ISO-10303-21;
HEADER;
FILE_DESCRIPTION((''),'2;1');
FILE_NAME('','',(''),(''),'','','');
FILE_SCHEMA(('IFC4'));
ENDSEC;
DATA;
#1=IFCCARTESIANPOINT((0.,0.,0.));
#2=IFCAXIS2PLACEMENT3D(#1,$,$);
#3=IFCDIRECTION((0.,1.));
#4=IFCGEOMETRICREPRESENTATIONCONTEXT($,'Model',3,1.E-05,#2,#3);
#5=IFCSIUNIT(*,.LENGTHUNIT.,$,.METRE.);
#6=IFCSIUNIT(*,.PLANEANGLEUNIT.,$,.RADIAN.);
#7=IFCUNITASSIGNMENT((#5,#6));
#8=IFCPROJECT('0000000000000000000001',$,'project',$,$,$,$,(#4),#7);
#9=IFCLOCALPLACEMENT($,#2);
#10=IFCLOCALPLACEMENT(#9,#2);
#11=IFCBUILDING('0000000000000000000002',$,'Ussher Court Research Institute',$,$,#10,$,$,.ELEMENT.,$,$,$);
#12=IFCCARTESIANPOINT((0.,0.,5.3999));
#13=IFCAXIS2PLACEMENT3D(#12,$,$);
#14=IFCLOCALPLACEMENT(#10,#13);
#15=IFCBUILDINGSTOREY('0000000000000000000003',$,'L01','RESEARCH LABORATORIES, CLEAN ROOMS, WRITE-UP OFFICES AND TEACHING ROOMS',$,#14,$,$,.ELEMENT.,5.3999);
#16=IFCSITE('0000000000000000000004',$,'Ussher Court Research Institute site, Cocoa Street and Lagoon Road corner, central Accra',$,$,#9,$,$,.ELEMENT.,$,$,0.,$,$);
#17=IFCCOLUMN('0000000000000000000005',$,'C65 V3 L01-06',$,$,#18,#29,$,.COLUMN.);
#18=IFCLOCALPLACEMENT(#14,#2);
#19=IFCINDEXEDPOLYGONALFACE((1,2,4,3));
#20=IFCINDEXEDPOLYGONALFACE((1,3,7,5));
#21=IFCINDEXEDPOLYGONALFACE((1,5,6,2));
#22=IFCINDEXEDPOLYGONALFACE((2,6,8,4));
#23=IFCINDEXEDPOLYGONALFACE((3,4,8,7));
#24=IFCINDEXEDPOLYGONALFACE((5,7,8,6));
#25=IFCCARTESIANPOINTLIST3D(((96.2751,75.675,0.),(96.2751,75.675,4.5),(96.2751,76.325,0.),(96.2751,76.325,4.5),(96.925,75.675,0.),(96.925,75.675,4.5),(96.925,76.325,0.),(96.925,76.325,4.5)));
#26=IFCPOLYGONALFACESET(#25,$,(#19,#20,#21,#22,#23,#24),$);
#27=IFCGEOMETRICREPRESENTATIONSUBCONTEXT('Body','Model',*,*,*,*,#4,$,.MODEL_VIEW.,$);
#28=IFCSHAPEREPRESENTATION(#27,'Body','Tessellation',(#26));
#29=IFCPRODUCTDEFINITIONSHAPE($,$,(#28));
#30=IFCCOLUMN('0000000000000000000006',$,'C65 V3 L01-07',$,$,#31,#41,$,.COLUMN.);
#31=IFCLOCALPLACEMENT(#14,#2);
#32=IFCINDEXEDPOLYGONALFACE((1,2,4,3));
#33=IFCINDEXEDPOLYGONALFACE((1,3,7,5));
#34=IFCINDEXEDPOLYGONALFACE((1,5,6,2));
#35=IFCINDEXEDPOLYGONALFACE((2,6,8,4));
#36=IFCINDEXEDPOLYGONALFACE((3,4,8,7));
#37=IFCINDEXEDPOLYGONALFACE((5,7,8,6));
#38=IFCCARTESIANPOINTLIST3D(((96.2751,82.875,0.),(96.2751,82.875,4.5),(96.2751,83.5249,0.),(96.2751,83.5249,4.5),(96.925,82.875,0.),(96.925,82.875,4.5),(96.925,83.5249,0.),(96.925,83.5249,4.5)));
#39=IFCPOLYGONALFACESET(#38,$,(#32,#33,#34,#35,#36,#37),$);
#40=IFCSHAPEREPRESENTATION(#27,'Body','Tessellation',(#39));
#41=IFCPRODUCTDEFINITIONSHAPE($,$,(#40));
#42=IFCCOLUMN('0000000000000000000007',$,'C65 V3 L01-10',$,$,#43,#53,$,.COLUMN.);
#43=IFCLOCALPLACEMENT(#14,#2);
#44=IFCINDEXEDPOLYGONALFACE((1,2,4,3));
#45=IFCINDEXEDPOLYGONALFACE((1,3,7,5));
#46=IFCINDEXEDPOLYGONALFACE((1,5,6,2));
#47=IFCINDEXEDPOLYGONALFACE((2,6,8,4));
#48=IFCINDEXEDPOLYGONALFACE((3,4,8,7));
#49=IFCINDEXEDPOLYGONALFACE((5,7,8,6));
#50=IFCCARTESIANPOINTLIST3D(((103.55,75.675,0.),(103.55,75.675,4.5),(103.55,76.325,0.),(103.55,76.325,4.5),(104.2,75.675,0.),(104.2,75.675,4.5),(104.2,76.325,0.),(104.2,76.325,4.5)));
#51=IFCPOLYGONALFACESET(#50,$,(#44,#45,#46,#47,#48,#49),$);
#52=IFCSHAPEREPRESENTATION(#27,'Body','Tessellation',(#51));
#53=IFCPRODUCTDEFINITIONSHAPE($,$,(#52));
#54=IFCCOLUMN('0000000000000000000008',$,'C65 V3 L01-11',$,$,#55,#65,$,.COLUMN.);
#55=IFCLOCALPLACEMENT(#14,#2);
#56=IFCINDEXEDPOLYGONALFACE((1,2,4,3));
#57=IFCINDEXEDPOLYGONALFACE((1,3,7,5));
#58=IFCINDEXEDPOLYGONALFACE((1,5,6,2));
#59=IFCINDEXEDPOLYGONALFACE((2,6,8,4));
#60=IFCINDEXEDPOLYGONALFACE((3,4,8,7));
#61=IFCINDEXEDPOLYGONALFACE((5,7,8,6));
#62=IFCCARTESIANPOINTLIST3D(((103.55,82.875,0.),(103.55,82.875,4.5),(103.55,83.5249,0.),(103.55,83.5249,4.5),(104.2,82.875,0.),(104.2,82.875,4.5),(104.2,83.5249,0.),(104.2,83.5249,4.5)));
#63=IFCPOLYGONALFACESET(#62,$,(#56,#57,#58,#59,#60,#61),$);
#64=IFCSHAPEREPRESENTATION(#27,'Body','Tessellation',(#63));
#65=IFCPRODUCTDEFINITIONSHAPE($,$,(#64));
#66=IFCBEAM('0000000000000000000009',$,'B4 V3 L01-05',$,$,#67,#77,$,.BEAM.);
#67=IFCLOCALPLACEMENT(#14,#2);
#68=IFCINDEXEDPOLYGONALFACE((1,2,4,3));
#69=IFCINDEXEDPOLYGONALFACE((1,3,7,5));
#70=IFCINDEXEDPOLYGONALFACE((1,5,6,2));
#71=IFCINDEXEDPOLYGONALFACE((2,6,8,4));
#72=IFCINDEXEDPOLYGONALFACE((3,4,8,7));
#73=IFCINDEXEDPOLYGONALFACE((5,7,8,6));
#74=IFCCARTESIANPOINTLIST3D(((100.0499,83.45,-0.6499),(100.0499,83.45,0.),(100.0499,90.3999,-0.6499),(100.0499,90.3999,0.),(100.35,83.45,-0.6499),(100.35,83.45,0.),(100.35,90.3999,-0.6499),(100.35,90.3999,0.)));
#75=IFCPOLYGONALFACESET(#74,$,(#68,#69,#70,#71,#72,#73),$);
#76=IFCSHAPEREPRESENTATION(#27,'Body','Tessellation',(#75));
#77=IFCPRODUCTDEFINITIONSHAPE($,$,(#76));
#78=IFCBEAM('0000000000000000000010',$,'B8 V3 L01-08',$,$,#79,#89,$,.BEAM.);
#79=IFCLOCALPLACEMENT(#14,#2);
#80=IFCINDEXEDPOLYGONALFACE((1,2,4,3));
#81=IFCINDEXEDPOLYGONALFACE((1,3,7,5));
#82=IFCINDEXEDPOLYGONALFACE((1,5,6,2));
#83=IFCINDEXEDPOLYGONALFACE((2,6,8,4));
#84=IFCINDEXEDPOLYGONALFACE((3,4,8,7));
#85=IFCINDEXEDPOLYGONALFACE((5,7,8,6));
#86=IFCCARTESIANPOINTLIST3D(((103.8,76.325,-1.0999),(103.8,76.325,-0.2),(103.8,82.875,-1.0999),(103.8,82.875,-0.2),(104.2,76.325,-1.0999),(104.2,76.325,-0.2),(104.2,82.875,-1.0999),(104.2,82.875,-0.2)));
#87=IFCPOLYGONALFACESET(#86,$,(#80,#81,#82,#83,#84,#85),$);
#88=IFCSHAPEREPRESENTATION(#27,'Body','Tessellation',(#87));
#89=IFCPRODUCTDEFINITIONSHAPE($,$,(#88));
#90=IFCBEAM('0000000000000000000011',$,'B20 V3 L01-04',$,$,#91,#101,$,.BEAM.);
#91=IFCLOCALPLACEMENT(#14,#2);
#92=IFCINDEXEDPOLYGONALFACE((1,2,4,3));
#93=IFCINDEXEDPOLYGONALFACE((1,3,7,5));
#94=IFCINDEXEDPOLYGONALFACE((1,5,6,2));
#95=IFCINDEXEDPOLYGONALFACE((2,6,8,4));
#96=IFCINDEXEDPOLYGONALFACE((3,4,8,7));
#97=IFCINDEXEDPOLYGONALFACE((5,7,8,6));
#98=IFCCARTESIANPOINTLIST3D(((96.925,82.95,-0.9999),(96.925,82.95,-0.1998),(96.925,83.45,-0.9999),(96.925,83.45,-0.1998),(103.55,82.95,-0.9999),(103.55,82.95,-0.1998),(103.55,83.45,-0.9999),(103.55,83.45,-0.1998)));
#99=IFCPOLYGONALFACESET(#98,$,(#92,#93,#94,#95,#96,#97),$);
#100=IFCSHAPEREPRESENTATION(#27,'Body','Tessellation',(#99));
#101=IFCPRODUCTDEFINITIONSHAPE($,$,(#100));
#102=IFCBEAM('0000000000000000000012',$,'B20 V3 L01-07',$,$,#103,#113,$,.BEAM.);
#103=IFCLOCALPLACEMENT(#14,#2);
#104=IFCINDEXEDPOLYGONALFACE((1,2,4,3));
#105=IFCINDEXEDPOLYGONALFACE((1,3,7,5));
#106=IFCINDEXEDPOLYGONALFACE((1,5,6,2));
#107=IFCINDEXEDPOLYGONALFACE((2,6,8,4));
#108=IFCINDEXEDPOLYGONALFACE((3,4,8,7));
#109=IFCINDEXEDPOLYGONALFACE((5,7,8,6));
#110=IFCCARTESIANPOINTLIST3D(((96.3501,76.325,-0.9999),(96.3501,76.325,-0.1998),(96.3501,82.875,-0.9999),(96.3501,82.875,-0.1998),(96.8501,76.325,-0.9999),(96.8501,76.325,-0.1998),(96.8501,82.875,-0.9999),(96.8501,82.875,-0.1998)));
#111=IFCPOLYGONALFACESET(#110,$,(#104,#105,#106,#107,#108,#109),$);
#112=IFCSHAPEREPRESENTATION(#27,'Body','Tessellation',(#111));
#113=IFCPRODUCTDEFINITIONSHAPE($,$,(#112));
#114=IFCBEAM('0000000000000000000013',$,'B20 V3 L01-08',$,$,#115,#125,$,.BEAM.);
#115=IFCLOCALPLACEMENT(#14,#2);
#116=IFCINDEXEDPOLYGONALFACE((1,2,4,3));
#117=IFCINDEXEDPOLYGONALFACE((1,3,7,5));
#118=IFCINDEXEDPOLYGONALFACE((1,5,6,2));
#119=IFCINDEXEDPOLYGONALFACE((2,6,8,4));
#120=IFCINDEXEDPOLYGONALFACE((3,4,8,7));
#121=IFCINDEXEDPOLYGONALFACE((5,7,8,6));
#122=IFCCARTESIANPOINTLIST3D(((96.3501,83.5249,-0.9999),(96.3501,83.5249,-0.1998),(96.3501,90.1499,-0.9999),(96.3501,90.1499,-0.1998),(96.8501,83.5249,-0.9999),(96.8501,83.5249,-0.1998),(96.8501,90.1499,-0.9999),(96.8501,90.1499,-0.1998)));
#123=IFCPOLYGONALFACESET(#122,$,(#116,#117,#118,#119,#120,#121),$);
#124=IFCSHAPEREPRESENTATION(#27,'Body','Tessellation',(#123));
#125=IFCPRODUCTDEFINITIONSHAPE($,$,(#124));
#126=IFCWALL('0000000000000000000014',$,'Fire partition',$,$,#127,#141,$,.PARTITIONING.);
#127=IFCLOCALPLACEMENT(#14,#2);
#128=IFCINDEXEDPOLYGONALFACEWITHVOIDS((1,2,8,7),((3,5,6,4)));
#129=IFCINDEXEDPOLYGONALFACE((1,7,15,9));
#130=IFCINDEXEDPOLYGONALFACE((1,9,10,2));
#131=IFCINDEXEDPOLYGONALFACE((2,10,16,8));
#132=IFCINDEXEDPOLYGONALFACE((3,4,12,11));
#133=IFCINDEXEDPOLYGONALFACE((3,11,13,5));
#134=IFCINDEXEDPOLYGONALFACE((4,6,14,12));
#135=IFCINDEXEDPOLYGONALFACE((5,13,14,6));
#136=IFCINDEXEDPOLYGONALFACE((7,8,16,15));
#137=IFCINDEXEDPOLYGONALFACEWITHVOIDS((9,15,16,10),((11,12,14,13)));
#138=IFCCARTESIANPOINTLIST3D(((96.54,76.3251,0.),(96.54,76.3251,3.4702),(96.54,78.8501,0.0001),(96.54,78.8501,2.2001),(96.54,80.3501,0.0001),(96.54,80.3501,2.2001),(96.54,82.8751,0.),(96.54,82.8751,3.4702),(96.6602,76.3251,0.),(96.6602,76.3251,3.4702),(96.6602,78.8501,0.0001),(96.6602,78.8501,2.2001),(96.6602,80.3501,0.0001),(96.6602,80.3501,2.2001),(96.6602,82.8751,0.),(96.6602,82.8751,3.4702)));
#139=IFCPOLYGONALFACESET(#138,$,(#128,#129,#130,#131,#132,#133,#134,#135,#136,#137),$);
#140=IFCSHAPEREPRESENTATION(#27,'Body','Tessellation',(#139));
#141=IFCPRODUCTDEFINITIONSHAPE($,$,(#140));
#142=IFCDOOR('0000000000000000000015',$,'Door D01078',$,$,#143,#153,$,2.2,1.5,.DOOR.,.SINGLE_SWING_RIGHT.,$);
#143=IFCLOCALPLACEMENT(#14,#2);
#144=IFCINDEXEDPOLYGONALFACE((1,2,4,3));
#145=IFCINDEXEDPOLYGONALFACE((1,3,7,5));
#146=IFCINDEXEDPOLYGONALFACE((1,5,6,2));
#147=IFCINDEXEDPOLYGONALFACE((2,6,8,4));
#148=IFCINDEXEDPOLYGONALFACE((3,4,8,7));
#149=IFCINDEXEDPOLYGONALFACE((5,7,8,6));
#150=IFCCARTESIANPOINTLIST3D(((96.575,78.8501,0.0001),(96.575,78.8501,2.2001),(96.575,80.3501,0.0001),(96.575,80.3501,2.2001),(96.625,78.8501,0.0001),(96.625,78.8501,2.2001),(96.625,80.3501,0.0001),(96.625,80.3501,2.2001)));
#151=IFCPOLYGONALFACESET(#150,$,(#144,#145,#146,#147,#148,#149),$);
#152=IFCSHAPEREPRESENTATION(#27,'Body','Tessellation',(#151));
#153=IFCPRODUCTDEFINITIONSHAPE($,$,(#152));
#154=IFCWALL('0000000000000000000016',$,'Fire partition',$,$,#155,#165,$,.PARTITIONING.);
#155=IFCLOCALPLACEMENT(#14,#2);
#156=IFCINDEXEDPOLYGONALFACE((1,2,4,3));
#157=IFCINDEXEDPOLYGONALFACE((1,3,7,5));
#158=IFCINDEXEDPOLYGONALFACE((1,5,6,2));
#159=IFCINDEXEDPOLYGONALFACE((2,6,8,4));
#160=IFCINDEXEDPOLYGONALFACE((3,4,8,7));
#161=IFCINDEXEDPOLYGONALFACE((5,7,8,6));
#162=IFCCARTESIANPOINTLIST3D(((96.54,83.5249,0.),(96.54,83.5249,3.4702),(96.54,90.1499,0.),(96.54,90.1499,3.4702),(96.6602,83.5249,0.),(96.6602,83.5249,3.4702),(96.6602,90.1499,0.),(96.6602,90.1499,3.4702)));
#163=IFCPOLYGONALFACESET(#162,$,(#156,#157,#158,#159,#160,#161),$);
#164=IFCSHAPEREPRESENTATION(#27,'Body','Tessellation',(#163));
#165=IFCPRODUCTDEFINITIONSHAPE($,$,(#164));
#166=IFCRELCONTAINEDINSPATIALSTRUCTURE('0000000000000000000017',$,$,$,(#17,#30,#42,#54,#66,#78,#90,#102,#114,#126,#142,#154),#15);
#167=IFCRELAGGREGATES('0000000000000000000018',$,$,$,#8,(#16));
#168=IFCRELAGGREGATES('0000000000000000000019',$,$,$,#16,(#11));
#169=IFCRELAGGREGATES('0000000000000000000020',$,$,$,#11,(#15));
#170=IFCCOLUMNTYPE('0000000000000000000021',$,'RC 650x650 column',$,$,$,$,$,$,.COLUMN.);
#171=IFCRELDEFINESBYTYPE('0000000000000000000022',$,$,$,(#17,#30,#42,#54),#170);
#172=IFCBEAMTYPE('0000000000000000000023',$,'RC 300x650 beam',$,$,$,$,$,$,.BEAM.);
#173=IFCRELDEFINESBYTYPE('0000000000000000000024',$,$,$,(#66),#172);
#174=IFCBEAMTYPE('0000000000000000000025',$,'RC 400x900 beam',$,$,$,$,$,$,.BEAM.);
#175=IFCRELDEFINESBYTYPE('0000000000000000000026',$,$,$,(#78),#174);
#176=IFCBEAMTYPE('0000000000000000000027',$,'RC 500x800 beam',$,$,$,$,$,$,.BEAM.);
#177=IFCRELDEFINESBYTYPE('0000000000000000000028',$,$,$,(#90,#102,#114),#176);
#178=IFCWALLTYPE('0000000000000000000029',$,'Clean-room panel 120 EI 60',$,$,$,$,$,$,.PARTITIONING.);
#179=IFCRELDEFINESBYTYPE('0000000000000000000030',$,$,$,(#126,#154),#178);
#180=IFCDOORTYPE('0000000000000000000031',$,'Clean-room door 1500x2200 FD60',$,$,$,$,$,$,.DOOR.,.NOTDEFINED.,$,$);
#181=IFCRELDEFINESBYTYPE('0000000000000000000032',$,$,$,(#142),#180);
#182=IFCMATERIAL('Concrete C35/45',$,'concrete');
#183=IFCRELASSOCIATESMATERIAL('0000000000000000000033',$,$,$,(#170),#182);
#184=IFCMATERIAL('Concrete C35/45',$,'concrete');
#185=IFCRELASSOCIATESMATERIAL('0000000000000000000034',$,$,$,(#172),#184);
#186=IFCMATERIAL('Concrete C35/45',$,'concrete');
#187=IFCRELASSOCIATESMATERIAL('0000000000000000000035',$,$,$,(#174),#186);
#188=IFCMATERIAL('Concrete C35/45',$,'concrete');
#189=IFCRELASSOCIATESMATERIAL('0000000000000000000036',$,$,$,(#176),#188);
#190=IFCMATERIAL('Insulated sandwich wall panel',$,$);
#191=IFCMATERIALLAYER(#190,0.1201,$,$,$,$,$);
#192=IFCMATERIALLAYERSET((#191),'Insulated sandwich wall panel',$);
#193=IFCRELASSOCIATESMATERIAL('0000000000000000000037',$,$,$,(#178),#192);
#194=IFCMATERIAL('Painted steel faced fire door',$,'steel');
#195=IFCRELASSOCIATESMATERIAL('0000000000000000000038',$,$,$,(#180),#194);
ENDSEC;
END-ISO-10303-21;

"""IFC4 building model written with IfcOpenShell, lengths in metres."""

from ifc_helpers import new_model, si_unit, direction, frame, frame_2d, origin, origin_2d, place, context, subcontext, project, spatial, rectangle, extrude, material, layer, layer_set, material_profile, profile_set, type_object, element, fill, save


model = new_model("IFC4")

# Units and contexts
model_context = context("Model", 3, precision=1e-05, world=origin(), true_north=direction((0.0, 1.0)))
body_context = subcontext(model_context, "Body", "Model", "MODEL_VIEW")
ifc_project = project(units=[si_unit("LENGTHUNIT", "METRE"), si_unit("PLANEANGLEUNIT", "RADIAN")], contexts=[model_context])

# Site, building, storey
site_placement = place(None, origin())
site = spatial("IfcSite", under=ifc_project, at=site_placement, Name="Ussher Court Research Institute site, Cocoa Street and Lagoon Road corner, central Accra", CompositionType="ELEMENT", RefElevation=0.0)
building_placement = place(site_placement, origin())
building = spatial("IfcBuilding", under=site, at=building_placement, Name="Ussher Court Research Institute", CompositionType="ELEMENT")
storey_placement = place(building_placement, frame((0.0, 0.0, 5.3999)))
storey = spatial("IfcBuildingStorey", under=building, at=storey_placement, Name="L01", Description="RESEARCH LABORATORIES, CLEAN ROOMS, WRITE-UP OFFICES AND TEACHING ROOMS", CompositionType="ELEMENT", Elevation=5.3999)

# Columns
ifc_material_1 = material(Name="Concrete C35/45", Category="concrete")
ifc_material_profile_1 = material_profile(ifc_material_1, rectangle(XDim=0.6499, YDim=0.6499, at=origin_2d()), Name="RC 650x650")
ifc_profile_set_1 = profile_set([ifc_material_profile_1], Name="Concrete C35/45")
column_type = type_object("IfcColumnType", Name="RC 650x650 column", PredefinedType="COLUMN", material=ifc_profile_set_1)
for number, where, z_axis, x_axis, name in (
    (1, (96.6001, 76.0, 0.0), (0.0, 0.0, 1.0), (1.0, 0.0, 0.0), "C65 V3 L01-06"),
    (2, (96.6001, 83.2, 0.0), (0.0, 0.0, 1.0), (1.0, 0.0, 0.0), "C65 V3 L01-07"),
    (3, (103.875, 76.0, 0.0), (0.0, 0.0, 1.0), (1.0, 0.0, 0.0), "C65 V3 L01-10"),
    (4, (103.875, 83.2, 0.0), (0.0, 0.0, 1.0), (1.0, 0.0, 0.0), "C65 V3 L01-11"),
):
    element("IfcColumn", number, at=place(storey_placement, frame(where, z_axis=z_axis, x_axis=x_axis)), inside=storey, type_object=column_type, Name=name, PredefinedType="COLUMN", context=body_context, shape_type="SweptSolid", body=[
        extrude(rectangle(XDim=0.6499, YDim=0.6499, at=origin_2d()), origin(), (0.0, 0.0, 1.0), 4.5),
    ])

# Beams
ifc_material_2 = material(Name="Concrete C35/45", Category="concrete")
ifc_material_profile_2 = material_profile(ifc_material_2, rectangle(XDim=0.3, YDim=0.6499, at=origin_2d()), Name="RC 300x650")
ifc_profile_set_2 = profile_set([ifc_material_profile_2], Name="Concrete C35/45")
beam_type_1 = type_object("IfcBeamType", Name="RC 300x650 beam", PredefinedType="BEAM", material=ifc_profile_set_2)
beam_1_placement = place(storey_placement, frame((100.2, 83.45, -0.325), z_axis=(0.0, 1.0, 0.0), x_axis=(-1.0, 0.0, 0.0)))
element("IfcBeam", 5, at=beam_1_placement, inside=storey, type_object=beam_type_1, Name="B4 V3 L01-05", PredefinedType="BEAM", context=body_context, shape_type="SweptSolid", body=[
    extrude(rectangle(XDim=0.3, YDim=0.6499, at=origin_2d()), origin(), (0.0, 0.0, 1.0), 6.95),
])
ifc_material_3 = material(Name="Concrete C35/45", Category="concrete")
ifc_material_profile_3 = material_profile(ifc_material_3, rectangle(XDim=0.3999, YDim=0.8999, at=origin_2d()), Name="RC 400x900")
ifc_profile_set_3 = profile_set([ifc_material_profile_3], Name="Concrete C35/45")
beam_type_2 = type_object("IfcBeamType", Name="RC 400x900 beam", PredefinedType="BEAM", material=ifc_profile_set_3)
beam_2_placement = place(storey_placement, frame((104.0, 76.325, -0.6499), z_axis=(0.0, 1.0, 0.0), x_axis=(-1.0, 0.0, 0.0)))
element("IfcBeam", 6, at=beam_2_placement, inside=storey, type_object=beam_type_2, Name="B8 V3 L01-08", PredefinedType="BEAM", context=body_context, shape_type="SweptSolid", body=[
    extrude(rectangle(XDim=0.3999, YDim=0.8999, at=origin_2d()), origin(), (0.0, 0.0, 1.0), 6.55),
])
ifc_material_4 = material(Name="Concrete C35/45", Category="concrete")
ifc_material_profile_4 = material_profile(ifc_material_4, rectangle(XDim=0.5, YDim=0.8, at=origin_2d()), Name="RC 500x800")
ifc_profile_set_4 = profile_set([ifc_material_profile_4], Name="Concrete C35/45")
beam_type_3 = type_object("IfcBeamType", Name="RC 500x800 beam", PredefinedType="BEAM", material=ifc_profile_set_4)
beam_3_placement = place(storey_placement, frame((96.925, 83.2, -0.5999), z_axis=(1.0, 0.0, 0.0), x_axis=(0.0, 1.0, 0.0)))
element("IfcBeam", 7, at=beam_3_placement, inside=storey, type_object=beam_type_3, Name="B20 V3 L01-04", PredefinedType="BEAM", context=body_context, shape_type="SweptSolid", body=[
    extrude(rectangle(XDim=0.5, YDim=0.8, at=origin_2d()), origin(), (0.0, 0.0, 1.0), 6.625),
])
beam_4_placement = place(storey_placement, frame((96.6001, 76.325, -0.5999), z_axis=(0.0, 1.0, 0.0), x_axis=(-1.0, 0.0, 0.0)))
element("IfcBeam", 8, at=beam_4_placement, inside=storey, type_object=beam_type_3, Name="B20 V3 L01-07", PredefinedType="BEAM", context=body_context, shape_type="SweptSolid", body=[
    extrude(rectangle(XDim=0.5, YDim=0.8, at=origin_2d()), origin(), (0.0, 0.0, 1.0), 6.55),
])
beam_5_placement = place(storey_placement, frame((96.6001, 83.5249, -0.5999), z_axis=(0.0, 1.0, 0.0), x_axis=(-1.0, 0.0, 0.0)))
element("IfcBeam", 9, at=beam_5_placement, inside=storey, type_object=beam_type_3, Name="B20 V3 L01-08", PredefinedType="BEAM", context=body_context, shape_type="SweptSolid", body=[
    extrude(rectangle(XDim=0.5, YDim=0.8, at=origin_2d()), origin(), (0.0, 0.0, 1.0), 6.625),
])

# Wall, opening, door
ifc_material_5 = material(Name="Insulated sandwich wall panel")
ifc_layer_1 = layer(ifc_material_5, 0.1201)
ifc_layer_set_1 = layer_set([ifc_layer_1], Name="Insulated sandwich wall panel")
wall_type_1 = type_object("IfcWallType", Name="Clean-room panel 120 EI 60", PredefinedType="PARTITIONING", material=ifc_layer_set_1)
wall_1_placement = place(storey_placement, frame((96.6001, 82.875, 0.0), z_axis=(0.0, 0.0, 1.0), x_axis=(0.0, -1.0, 0.0)))
wall_1 = element("IfcWall", 10, at=wall_1_placement, inside=storey, type_object=wall_type_1, Name="Fire partition", PredefinedType="PARTITIONING", context=body_context, shape_type="SweptSolid", body=[
    extrude(rectangle(XDim=6.55, YDim=0.1201, at=frame_2d((3.2749, 0.0))), origin(), (0.0, 0.0, 1.0), 3.4702),
])
opening_1_placement = place(wall_1_placement, frame((2.5249, 0.0, 0.0)))
opening_1 = element("IfcOpeningElement", 11, at=opening_1_placement, cuts=wall_1, PredefinedType="OPENING", context=body_context, shape_type="SweptSolid", body=[
    extrude(rectangle(XDim=1.5, YDim=2.2, at=frame_2d((0.75, 1.1001))), frame((0.0, 0.0701, 0.0), z_axis=(0.0, -1.0, 0.0), x_axis=(1.0, 0.0, 0.0)), (0.0, 0.0, 1.0), 0.1401),
])
ifc_material_6 = material(Name="Painted steel faced fire door", Category="steel")
door_type = type_object("IfcDoorType", Name="Clean-room door 1500x2200 FD60", OperationType="NOTDEFINED", PredefinedType="DOOR", material=ifc_material_6)
door_placement = place(opening_1_placement, origin())
door = element("IfcDoor", 12, at=door_placement, inside=storey, type_object=door_type, Name="Door D01078", OperationType="SINGLE_SWING_RIGHT", OverallHeight=2.2, OverallWidth=1.5, PredefinedType="DOOR", context=body_context, shape_type="SweptSolid", body=[
    extrude(rectangle(XDim=1.5, YDim=2.2, at=frame_2d((0.75, 1.1001))), frame((0.0, 0.0249, 0.0), z_axis=(0.0, -1.0, 0.0), x_axis=(1.0, 0.0, 0.0)), (0.0, 0.0, 1.0), 0.05),
])
fill(opening_1, door)

# Wall
wall_2_placement = place(storey_placement, frame((96.6001, 83.5249, 0.0), z_axis=(0.0, 0.0, 1.0), x_axis=(0.0, 1.0, 0.0)))
element("IfcWall", 13, at=wall_2_placement, inside=storey, type_object=wall_type_1, Name="Fire partition", PredefinedType="PARTITIONING", context=body_context, shape_type="SweptSolid", body=[
    extrude(rectangle(XDim=6.625, YDim=0.1201, at=frame_2d((3.3125, 0.0))), origin(), (0.0, 0.0, 1.0), 3.4702),
])

save(model, "model.ifc")
